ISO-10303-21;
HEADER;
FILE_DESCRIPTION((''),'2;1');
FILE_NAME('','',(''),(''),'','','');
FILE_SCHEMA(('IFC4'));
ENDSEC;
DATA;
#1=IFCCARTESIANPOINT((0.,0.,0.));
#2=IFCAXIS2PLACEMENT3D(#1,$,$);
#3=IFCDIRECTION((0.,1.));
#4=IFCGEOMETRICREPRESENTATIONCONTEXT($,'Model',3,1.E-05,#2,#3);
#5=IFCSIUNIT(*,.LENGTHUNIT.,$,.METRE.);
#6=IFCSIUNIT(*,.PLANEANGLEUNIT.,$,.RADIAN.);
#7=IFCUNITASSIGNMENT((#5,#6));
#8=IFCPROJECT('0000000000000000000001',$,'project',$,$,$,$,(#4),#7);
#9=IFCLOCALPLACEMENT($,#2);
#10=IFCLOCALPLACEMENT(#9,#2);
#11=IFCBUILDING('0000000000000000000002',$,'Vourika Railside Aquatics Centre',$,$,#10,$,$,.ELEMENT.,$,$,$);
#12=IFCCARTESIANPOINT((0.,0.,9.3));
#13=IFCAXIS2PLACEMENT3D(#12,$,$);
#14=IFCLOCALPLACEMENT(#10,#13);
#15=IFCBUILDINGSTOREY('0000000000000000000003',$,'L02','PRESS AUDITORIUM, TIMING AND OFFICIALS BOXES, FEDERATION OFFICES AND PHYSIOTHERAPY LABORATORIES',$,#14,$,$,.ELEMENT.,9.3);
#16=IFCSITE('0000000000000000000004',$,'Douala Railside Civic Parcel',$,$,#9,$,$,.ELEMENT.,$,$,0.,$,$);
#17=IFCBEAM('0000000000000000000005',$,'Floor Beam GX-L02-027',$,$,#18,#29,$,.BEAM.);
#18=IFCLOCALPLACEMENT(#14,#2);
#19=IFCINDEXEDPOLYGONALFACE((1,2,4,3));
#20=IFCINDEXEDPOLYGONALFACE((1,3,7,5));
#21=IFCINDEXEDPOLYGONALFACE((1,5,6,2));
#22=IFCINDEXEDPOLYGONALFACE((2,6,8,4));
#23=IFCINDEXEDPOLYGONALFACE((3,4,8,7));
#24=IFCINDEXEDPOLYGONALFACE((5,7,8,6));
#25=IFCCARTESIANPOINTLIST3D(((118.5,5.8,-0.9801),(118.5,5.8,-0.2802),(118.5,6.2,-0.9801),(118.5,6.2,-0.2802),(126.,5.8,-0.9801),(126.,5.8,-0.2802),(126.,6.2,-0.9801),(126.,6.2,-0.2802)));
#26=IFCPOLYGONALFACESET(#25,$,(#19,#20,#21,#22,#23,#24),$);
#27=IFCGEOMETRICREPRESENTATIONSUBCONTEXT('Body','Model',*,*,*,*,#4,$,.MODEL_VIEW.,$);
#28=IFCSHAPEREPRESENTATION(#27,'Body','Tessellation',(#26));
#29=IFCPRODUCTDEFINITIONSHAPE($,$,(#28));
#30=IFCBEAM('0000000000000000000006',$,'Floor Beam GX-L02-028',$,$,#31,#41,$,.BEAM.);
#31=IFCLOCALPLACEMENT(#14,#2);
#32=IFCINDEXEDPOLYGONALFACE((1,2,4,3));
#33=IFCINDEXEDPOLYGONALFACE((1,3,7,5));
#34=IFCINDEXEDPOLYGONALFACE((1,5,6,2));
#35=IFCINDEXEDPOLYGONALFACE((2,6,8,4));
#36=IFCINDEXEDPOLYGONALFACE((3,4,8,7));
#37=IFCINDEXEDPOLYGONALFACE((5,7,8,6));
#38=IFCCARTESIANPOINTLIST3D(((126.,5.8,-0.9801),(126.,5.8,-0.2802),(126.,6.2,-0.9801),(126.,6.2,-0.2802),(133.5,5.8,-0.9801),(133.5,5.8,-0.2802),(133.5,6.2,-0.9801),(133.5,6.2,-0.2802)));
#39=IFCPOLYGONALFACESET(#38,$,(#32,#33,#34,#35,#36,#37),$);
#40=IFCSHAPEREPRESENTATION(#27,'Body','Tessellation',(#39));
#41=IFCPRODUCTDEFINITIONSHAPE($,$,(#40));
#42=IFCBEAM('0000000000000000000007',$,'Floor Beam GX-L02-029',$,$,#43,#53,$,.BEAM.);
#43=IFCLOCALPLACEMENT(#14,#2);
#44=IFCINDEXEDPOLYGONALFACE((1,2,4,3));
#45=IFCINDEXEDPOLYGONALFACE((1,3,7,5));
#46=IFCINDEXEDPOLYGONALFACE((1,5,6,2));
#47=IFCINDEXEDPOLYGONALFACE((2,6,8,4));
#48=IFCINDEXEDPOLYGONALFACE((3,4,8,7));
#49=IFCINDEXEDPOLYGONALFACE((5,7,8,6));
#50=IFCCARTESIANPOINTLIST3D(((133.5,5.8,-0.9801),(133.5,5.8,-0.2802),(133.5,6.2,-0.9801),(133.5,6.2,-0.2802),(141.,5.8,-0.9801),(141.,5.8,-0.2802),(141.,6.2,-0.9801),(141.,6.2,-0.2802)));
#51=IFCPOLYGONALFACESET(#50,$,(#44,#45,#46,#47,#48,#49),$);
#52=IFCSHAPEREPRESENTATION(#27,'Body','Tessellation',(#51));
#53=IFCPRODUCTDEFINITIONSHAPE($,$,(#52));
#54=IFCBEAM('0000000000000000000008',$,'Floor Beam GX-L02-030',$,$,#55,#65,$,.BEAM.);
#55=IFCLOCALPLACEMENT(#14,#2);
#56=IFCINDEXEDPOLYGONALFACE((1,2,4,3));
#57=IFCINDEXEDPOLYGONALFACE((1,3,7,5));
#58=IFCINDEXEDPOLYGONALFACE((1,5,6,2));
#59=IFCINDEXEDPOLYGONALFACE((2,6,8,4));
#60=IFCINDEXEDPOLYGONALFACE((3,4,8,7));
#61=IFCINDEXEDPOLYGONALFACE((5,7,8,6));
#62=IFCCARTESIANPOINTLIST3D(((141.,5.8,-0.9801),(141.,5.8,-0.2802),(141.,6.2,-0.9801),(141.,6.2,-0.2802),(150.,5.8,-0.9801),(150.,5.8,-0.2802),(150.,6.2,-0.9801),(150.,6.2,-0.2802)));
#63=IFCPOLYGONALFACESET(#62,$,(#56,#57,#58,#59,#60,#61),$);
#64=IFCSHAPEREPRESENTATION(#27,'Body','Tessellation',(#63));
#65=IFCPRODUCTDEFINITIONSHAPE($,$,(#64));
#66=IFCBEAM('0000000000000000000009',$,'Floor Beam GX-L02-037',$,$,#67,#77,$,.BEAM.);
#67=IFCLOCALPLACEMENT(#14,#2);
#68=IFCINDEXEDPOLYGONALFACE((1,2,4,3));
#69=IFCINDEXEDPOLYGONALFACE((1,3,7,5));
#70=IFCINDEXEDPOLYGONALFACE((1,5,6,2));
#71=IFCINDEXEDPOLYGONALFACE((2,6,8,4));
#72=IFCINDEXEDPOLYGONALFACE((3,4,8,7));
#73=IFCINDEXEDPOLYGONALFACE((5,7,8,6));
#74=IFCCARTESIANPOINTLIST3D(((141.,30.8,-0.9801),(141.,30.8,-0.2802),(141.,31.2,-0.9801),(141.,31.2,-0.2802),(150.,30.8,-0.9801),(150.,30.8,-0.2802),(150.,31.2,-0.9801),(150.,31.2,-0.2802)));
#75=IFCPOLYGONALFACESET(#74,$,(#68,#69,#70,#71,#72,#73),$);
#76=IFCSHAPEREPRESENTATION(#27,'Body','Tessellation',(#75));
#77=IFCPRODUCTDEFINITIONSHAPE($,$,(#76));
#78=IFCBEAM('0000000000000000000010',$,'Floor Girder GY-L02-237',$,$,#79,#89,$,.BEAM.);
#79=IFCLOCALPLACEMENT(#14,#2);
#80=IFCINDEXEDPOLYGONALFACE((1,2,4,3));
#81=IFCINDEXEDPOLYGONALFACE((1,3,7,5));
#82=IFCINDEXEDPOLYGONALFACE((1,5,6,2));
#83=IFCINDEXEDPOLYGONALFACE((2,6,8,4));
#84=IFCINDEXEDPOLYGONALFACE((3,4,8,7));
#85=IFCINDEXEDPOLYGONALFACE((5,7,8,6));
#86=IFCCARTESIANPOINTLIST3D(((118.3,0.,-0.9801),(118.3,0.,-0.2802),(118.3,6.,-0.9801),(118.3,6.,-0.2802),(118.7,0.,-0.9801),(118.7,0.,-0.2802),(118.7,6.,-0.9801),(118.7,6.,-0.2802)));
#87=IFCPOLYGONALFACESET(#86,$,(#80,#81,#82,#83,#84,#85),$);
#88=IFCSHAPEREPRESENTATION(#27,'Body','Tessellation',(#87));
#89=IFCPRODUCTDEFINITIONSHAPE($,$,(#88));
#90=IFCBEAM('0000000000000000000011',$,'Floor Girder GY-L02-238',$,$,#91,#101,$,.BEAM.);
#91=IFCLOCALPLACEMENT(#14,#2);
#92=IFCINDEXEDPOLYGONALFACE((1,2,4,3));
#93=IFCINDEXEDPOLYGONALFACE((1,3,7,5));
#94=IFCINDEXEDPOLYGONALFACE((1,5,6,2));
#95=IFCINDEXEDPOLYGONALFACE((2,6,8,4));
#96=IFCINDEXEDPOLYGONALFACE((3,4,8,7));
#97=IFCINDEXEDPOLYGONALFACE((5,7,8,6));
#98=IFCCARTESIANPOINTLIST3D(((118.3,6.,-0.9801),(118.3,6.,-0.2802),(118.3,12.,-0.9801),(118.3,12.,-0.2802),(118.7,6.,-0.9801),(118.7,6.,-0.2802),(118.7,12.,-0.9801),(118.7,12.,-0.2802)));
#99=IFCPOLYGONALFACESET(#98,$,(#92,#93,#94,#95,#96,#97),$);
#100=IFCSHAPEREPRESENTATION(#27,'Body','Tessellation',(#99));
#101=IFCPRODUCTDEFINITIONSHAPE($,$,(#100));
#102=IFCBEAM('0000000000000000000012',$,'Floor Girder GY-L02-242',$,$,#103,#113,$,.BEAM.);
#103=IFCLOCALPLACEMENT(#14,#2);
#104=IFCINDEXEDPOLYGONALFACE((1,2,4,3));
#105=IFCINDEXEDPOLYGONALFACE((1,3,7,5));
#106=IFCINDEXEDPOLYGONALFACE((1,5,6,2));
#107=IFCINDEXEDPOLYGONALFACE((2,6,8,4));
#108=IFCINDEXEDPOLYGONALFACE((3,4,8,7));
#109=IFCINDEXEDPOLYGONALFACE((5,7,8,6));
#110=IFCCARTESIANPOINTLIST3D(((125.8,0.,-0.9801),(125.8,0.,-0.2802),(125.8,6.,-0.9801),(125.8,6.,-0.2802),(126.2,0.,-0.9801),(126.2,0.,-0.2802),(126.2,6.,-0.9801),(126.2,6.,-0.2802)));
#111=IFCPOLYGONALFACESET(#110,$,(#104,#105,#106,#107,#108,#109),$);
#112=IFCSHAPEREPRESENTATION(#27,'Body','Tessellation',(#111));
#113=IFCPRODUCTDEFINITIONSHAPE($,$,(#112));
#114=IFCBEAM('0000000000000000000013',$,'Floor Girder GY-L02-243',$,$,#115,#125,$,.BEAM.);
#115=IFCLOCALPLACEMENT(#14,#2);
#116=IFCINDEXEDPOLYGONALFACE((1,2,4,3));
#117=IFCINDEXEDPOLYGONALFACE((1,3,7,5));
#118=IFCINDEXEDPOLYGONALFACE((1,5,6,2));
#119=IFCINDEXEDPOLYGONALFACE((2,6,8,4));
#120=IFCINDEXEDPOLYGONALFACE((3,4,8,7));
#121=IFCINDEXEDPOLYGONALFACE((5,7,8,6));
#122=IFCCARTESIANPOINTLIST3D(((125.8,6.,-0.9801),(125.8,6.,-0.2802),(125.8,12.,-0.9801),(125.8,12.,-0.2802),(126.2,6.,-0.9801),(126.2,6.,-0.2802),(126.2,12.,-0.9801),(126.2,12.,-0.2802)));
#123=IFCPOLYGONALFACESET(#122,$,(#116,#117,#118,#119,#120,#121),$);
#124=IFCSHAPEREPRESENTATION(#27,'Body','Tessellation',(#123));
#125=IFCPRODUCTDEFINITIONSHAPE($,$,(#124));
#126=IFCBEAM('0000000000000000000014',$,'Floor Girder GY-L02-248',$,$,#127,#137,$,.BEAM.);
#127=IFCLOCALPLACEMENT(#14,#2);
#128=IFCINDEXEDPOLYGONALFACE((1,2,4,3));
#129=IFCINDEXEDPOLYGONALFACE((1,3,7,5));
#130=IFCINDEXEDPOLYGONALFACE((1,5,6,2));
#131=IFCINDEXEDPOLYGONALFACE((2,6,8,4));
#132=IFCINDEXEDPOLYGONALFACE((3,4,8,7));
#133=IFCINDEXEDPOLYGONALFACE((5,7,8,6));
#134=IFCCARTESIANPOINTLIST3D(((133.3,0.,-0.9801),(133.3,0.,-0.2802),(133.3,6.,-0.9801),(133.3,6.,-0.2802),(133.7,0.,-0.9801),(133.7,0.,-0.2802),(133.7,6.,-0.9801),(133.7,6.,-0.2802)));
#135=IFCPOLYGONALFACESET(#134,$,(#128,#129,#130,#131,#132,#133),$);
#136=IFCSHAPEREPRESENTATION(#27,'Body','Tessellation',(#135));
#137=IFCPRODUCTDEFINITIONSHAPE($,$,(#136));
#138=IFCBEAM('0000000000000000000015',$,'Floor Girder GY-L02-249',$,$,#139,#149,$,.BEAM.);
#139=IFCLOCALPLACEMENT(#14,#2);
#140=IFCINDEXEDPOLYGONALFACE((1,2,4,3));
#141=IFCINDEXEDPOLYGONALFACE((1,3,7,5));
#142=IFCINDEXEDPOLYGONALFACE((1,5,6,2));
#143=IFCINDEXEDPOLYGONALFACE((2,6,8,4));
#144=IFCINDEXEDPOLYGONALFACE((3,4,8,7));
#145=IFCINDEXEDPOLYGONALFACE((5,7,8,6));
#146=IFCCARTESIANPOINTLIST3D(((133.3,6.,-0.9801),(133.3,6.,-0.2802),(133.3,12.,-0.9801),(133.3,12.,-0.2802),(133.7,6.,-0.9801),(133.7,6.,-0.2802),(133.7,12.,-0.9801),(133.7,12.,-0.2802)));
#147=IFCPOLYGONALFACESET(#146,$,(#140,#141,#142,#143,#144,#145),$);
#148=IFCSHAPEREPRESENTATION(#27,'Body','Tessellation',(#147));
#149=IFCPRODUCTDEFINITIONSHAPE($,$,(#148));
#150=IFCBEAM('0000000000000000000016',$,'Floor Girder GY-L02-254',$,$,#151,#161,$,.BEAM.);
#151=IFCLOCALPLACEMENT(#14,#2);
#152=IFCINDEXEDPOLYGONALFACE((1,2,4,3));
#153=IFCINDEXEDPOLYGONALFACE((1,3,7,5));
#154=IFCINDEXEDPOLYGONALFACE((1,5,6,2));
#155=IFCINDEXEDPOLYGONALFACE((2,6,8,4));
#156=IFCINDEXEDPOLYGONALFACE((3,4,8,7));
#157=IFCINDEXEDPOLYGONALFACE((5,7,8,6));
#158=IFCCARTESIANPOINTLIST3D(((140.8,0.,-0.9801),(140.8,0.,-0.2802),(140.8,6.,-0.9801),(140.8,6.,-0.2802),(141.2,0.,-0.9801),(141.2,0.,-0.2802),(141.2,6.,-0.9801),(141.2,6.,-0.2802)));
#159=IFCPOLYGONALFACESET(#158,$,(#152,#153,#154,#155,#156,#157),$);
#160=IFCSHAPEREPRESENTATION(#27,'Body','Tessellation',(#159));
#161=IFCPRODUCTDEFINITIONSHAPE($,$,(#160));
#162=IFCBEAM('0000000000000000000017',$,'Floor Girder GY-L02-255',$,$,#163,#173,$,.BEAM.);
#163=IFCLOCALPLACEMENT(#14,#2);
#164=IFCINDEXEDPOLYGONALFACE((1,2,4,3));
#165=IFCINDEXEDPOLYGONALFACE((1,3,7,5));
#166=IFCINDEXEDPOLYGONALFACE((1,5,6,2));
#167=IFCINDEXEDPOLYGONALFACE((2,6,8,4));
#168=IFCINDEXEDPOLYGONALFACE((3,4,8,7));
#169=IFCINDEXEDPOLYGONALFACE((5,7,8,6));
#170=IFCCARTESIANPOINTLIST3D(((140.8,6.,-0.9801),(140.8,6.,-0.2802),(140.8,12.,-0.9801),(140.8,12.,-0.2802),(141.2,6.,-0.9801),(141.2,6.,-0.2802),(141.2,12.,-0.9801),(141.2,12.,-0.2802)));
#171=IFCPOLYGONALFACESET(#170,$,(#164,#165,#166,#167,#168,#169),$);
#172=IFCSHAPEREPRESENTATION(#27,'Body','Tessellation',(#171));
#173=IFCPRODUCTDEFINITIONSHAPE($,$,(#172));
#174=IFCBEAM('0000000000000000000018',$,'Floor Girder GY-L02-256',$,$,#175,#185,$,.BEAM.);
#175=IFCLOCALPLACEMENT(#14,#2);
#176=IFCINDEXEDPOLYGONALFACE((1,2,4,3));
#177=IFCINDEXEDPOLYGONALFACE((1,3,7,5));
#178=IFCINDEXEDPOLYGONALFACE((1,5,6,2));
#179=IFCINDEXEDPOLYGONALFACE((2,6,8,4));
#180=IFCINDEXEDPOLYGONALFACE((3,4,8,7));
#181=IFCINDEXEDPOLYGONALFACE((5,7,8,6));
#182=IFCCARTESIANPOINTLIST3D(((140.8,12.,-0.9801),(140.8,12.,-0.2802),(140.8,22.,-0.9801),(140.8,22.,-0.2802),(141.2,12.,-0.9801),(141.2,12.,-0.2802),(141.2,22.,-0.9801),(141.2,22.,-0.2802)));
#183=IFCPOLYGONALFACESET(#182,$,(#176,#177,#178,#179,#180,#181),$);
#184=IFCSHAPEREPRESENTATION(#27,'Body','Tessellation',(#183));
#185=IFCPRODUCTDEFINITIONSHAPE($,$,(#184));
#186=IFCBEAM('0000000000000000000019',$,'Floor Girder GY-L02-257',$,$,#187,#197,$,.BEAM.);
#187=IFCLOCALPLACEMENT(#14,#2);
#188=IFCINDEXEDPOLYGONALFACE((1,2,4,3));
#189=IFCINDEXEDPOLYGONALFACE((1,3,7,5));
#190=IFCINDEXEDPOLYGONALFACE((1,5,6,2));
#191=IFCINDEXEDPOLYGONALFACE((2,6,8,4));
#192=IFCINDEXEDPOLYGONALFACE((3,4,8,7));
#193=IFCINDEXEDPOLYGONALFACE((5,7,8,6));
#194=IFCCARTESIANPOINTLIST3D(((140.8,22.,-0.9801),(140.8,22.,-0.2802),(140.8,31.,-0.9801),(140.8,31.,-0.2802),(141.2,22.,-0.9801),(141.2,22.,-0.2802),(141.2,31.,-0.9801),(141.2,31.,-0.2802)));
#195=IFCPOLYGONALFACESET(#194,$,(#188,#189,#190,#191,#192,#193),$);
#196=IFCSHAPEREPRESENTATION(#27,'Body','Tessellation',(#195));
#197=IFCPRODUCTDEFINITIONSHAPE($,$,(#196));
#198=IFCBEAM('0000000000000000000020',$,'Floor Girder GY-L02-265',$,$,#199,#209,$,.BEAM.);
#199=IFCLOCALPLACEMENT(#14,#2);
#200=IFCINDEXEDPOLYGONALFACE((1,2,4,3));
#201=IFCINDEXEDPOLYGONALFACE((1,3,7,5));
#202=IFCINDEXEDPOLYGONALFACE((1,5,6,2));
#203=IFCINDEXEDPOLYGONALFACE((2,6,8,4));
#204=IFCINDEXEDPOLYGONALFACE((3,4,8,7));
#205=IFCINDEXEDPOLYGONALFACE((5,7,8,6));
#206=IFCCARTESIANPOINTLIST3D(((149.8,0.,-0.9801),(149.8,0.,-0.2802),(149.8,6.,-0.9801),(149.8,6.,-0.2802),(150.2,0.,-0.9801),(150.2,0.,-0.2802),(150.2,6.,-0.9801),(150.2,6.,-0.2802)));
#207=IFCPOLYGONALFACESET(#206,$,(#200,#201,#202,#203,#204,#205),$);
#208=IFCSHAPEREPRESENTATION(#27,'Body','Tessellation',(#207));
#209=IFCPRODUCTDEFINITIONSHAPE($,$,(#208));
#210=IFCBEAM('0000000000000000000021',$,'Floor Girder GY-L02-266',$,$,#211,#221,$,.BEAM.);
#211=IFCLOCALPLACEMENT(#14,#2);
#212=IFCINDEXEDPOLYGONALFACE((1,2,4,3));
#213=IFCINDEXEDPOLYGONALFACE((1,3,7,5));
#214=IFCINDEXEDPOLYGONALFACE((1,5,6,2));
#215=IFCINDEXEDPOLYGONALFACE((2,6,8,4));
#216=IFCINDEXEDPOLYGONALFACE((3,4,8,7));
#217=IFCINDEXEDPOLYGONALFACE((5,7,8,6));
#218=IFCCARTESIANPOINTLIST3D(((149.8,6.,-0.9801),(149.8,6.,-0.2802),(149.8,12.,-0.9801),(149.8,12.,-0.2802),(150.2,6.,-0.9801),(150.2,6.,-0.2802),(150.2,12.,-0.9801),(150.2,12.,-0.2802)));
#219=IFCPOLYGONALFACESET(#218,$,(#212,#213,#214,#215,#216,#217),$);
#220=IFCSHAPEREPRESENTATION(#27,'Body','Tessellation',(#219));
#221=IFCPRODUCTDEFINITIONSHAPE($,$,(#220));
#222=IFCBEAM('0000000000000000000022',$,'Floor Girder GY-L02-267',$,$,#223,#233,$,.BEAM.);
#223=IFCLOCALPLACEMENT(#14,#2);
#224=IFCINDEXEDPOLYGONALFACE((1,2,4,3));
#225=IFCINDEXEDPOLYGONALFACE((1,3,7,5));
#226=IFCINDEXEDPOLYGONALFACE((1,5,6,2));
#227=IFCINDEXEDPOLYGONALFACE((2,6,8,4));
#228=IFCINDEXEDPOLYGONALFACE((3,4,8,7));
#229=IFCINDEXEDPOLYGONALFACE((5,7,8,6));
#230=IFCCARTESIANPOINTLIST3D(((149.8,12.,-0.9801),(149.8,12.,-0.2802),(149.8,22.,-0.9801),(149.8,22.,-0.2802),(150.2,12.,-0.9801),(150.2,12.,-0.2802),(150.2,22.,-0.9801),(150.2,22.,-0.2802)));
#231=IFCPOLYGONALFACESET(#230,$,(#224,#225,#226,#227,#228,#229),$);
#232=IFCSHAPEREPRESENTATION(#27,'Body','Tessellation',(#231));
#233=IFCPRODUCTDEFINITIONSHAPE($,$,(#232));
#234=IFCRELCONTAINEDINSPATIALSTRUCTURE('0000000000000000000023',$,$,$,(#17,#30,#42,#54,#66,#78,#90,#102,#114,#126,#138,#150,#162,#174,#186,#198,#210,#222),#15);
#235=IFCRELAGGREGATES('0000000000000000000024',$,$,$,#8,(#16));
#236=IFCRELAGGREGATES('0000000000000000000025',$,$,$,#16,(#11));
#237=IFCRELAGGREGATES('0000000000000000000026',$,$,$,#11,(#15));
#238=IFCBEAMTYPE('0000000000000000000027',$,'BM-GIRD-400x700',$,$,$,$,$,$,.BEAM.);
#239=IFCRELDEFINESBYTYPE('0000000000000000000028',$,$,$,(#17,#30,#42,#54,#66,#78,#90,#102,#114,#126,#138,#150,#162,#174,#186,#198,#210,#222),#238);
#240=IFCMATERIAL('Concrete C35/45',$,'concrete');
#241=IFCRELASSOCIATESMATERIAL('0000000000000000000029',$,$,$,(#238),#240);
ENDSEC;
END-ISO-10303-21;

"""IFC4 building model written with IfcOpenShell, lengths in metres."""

from ifc_helpers import new_model, si_unit, direction, frame, origin, origin_2d, place, context, subcontext, project, spatial, rectangle, extrude, material, material_profile, profile_set, type_object, element, save


model = new_model("IFC4")

# Units and contexts
model_context = context("Model", 3, precision=1e-05, world=origin(), true_north=direction((0.0, 1.0)))
body_context = subcontext(model_context, "Body", "Model", "MODEL_VIEW")
ifc_project = project(units=[si_unit("LENGTHUNIT", "METRE"), si_unit("PLANEANGLEUNIT", "RADIAN")], contexts=[model_context])

# Site, building, storey
site_placement = place(None, origin())
site = spatial("IfcSite", under=ifc_project, at=site_placement, Name="Douala Railside Civic Parcel", CompositionType="ELEMENT", RefElevation=0.0)
building_placement = place(site_placement, origin())
building = spatial("IfcBuilding", under=site, at=building_placement, Name="Vourika Railside Aquatics Centre", CompositionType="ELEMENT")
storey_placement = place(building_placement, frame((0.0, 0.0, 9.3)))
storey = spatial("IfcBuildingStorey", under=building, at=storey_placement, Name="L02", Description="PRESS AUDITORIUM, TIMING AND OFFICIALS BOXES, FEDERATION OFFICES AND PHYSIOTHERAPY LABORATORIES", CompositionType="ELEMENT", Elevation=9.3)

# Beams
ifc_material = material(Name="Concrete C35/45", Category="concrete")
ifc_material_profile_1 = material_profile(ifc_material, rectangle(XDim=0.3999, YDim=0.7, at=origin_2d()), Name="RC 400x700")
ifc_profile_set_1 = profile_set([ifc_material_profile_1], Name="Concrete C35/45")
beam_type_1 = type_object("IfcBeamType", Name="BM-GIRD-400x700", PredefinedType="BEAM", material=ifc_profile_set_1)
for number, where, z_axis, x_axis, name in (
    (1, (118.5, 6.0, -0.6301), (1.0, 0.0, 0.0), (0.0, 1.0, 0.0), "Floor Beam GX-L02-027"),
    (2, (126.0, 6.0, -0.6301), (1.0, 0.0, 0.0), (0.0, 1.0, 0.0), "Floor Beam GX-L02-028"),
    (3, (133.5, 6.0, -0.6301), (1.0, 0.0, 0.0), (0.0, 1.0, 0.0), "Floor Beam GX-L02-029"),
):
    element("IfcBeam", number, at=place(storey_placement, frame(where, z_axis=z_axis, x_axis=x_axis)), inside=storey, type_object=beam_type_1, Name=name, PredefinedType="BEAM", context=body_context, shape_type="SweptSolid", body=[
        extrude(rectangle(XDim=0.3999, YDim=0.7, at=origin_2d()), origin(), (0.0, 0.0, 1.0), 7.5),
    ])
for number, where, z_axis, x_axis, name in (
    (4, (141.0, 6.0, -0.6301), (1.0, 0.0, 0.0), (0.0, 1.0, 0.0), "Floor Beam GX-L02-030"),
    (5, (141.0, 31.0, -0.6301), (1.0, 0.0, 0.0), (0.0, 1.0, 0.0), "Floor Beam GX-L02-037"),
):
    element("IfcBeam", number, at=place(storey_placement, frame(where, z_axis=z_axis, x_axis=x_axis)), inside=storey, type_object=beam_type_1, Name=name, PredefinedType="BEAM", context=body_context, shape_type="SweptSolid", body=[
        extrude(rectangle(XDim=0.3999, YDim=0.7, at=origin_2d()), origin(), (0.0, 0.0, 1.0), 9.0),
    ])
for number, where, z_axis, x_axis, name in (
    (6, (118.5, 0.0, -0.6301), (0.0, 1.0, 0.0), (-1.0, 0.0, 0.0), "Floor Girder GY-L02-237"),
    (7, (118.5, 6.0, -0.6301), (0.0, 1.0, 0.0), (-1.0, 0.0, 0.0), "Floor Girder GY-L02-238"),
    (8, (126.0, 0.0, -0.6301), (0.0, 1.0, 0.0), (-1.0, 0.0, 0.0), "Floor Girder GY-L02-242"),
    (9, (126.0, 6.0, -0.6301), (0.0, 1.0, 0.0), (-1.0, 0.0, 0.0), "Floor Girder GY-L02-243"),
    (10, (133.5, 0.0, -0.6301), (0.0, 1.0, 0.0), (-1.0, 0.0, 0.0), "Floor Girder GY-L02-248"),
    (11, (133.5, 6.0, -0.6301), (0.0, 1.0, 0.0), (-1.0, 0.0, 0.0), "Floor Girder GY-L02-249"),
    (12, (141.0, 0.0, -0.6301), (0.0, 1.0, 0.0), (-1.0, 0.0, 0.0), "Floor Girder GY-L02-254"),
    (13, (141.0, 6.0, -0.6301), (0.0, 1.0, 0.0), (-1.0, 0.0, 0.0), "Floor Girder GY-L02-255"),
):
    element("IfcBeam", number, at=place(storey_placement, frame(where, z_axis=z_axis, x_axis=x_axis)), inside=storey, type_object=beam_type_1, Name=name, PredefinedType="BEAM", context=body_context, shape_type="SweptSolid", body=[
        extrude(rectangle(XDim=0.3999, YDim=0.7, at=origin_2d()), origin(), (0.0, 0.0, 1.0), 6.0),
    ])
beam_1_placement = place(storey_placement, frame((141.0, 12.0, -0.6301), z_axis=(0.0, 1.0, 0.0), x_axis=(-1.0, 0.0, 0.0)))
element("IfcBeam", 14, at=beam_1_placement, inside=storey, type_object=beam_type_1, Name="Floor Girder GY-L02-256", PredefinedType="BEAM", context=body_context, shape_type="SweptSolid", body=[
    extrude(rectangle(XDim=0.3999, YDim=0.7, at=origin_2d()), origin(), (0.0, 0.0, 1.0), 10.0),
])
beam_2_placement = place(storey_placement, frame((141.0, 22.0, -0.6301), z_axis=(0.0, 1.0, 0.0), x_axis=(-1.0, 0.0, 0.0)))
element("IfcBeam", 15, at=beam_2_placement, inside=storey, type_object=beam_type_1, Name="Floor Girder GY-L02-257", PredefinedType="BEAM", context=body_context, shape_type="SweptSolid", body=[
    extrude(rectangle(XDim=0.3999, YDim=0.7, at=origin_2d()), origin(), (0.0, 0.0, 1.0), 9.0),
])
for number, where, z_axis, x_axis, name in (
    (16, (150.0, 0.0, -0.6301), (0.0, 1.0, 0.0), (-1.0, 0.0, 0.0), "Floor Girder GY-L02-265"),
    (17, (150.0, 6.0, -0.6301), (0.0, 1.0, 0.0), (-1.0, 0.0, 0.0), "Floor Girder GY-L02-266"),
):
    element("IfcBeam", number, at=place(storey_placement, frame(where, z_axis=z_axis, x_axis=x_axis)), inside=storey, type_object=beam_type_1, Name=name, PredefinedType="BEAM", context=body_context, shape_type="SweptSolid", body=[
        extrude(rectangle(XDim=0.3999, YDim=0.7, at=origin_2d()), origin(), (0.0, 0.0, 1.0), 6.0),
    ])
beam_3_placement = place(storey_placement, frame((150.0, 12.0, -0.6301), z_axis=(0.0, 1.0, 0.0), x_axis=(-1.0, 0.0, 0.0)))
element("IfcBeam", 18, at=beam_3_placement, inside=storey, type_object=beam_type_1, Name="Floor Girder GY-L02-267", PredefinedType="BEAM", context=body_context, shape_type="SweptSolid", body=[
    extrude(rectangle(XDim=0.3999, YDim=0.7, at=origin_2d()), origin(), (0.0, 0.0, 1.0), 10.0),
])

save(model, "model.ifc")
